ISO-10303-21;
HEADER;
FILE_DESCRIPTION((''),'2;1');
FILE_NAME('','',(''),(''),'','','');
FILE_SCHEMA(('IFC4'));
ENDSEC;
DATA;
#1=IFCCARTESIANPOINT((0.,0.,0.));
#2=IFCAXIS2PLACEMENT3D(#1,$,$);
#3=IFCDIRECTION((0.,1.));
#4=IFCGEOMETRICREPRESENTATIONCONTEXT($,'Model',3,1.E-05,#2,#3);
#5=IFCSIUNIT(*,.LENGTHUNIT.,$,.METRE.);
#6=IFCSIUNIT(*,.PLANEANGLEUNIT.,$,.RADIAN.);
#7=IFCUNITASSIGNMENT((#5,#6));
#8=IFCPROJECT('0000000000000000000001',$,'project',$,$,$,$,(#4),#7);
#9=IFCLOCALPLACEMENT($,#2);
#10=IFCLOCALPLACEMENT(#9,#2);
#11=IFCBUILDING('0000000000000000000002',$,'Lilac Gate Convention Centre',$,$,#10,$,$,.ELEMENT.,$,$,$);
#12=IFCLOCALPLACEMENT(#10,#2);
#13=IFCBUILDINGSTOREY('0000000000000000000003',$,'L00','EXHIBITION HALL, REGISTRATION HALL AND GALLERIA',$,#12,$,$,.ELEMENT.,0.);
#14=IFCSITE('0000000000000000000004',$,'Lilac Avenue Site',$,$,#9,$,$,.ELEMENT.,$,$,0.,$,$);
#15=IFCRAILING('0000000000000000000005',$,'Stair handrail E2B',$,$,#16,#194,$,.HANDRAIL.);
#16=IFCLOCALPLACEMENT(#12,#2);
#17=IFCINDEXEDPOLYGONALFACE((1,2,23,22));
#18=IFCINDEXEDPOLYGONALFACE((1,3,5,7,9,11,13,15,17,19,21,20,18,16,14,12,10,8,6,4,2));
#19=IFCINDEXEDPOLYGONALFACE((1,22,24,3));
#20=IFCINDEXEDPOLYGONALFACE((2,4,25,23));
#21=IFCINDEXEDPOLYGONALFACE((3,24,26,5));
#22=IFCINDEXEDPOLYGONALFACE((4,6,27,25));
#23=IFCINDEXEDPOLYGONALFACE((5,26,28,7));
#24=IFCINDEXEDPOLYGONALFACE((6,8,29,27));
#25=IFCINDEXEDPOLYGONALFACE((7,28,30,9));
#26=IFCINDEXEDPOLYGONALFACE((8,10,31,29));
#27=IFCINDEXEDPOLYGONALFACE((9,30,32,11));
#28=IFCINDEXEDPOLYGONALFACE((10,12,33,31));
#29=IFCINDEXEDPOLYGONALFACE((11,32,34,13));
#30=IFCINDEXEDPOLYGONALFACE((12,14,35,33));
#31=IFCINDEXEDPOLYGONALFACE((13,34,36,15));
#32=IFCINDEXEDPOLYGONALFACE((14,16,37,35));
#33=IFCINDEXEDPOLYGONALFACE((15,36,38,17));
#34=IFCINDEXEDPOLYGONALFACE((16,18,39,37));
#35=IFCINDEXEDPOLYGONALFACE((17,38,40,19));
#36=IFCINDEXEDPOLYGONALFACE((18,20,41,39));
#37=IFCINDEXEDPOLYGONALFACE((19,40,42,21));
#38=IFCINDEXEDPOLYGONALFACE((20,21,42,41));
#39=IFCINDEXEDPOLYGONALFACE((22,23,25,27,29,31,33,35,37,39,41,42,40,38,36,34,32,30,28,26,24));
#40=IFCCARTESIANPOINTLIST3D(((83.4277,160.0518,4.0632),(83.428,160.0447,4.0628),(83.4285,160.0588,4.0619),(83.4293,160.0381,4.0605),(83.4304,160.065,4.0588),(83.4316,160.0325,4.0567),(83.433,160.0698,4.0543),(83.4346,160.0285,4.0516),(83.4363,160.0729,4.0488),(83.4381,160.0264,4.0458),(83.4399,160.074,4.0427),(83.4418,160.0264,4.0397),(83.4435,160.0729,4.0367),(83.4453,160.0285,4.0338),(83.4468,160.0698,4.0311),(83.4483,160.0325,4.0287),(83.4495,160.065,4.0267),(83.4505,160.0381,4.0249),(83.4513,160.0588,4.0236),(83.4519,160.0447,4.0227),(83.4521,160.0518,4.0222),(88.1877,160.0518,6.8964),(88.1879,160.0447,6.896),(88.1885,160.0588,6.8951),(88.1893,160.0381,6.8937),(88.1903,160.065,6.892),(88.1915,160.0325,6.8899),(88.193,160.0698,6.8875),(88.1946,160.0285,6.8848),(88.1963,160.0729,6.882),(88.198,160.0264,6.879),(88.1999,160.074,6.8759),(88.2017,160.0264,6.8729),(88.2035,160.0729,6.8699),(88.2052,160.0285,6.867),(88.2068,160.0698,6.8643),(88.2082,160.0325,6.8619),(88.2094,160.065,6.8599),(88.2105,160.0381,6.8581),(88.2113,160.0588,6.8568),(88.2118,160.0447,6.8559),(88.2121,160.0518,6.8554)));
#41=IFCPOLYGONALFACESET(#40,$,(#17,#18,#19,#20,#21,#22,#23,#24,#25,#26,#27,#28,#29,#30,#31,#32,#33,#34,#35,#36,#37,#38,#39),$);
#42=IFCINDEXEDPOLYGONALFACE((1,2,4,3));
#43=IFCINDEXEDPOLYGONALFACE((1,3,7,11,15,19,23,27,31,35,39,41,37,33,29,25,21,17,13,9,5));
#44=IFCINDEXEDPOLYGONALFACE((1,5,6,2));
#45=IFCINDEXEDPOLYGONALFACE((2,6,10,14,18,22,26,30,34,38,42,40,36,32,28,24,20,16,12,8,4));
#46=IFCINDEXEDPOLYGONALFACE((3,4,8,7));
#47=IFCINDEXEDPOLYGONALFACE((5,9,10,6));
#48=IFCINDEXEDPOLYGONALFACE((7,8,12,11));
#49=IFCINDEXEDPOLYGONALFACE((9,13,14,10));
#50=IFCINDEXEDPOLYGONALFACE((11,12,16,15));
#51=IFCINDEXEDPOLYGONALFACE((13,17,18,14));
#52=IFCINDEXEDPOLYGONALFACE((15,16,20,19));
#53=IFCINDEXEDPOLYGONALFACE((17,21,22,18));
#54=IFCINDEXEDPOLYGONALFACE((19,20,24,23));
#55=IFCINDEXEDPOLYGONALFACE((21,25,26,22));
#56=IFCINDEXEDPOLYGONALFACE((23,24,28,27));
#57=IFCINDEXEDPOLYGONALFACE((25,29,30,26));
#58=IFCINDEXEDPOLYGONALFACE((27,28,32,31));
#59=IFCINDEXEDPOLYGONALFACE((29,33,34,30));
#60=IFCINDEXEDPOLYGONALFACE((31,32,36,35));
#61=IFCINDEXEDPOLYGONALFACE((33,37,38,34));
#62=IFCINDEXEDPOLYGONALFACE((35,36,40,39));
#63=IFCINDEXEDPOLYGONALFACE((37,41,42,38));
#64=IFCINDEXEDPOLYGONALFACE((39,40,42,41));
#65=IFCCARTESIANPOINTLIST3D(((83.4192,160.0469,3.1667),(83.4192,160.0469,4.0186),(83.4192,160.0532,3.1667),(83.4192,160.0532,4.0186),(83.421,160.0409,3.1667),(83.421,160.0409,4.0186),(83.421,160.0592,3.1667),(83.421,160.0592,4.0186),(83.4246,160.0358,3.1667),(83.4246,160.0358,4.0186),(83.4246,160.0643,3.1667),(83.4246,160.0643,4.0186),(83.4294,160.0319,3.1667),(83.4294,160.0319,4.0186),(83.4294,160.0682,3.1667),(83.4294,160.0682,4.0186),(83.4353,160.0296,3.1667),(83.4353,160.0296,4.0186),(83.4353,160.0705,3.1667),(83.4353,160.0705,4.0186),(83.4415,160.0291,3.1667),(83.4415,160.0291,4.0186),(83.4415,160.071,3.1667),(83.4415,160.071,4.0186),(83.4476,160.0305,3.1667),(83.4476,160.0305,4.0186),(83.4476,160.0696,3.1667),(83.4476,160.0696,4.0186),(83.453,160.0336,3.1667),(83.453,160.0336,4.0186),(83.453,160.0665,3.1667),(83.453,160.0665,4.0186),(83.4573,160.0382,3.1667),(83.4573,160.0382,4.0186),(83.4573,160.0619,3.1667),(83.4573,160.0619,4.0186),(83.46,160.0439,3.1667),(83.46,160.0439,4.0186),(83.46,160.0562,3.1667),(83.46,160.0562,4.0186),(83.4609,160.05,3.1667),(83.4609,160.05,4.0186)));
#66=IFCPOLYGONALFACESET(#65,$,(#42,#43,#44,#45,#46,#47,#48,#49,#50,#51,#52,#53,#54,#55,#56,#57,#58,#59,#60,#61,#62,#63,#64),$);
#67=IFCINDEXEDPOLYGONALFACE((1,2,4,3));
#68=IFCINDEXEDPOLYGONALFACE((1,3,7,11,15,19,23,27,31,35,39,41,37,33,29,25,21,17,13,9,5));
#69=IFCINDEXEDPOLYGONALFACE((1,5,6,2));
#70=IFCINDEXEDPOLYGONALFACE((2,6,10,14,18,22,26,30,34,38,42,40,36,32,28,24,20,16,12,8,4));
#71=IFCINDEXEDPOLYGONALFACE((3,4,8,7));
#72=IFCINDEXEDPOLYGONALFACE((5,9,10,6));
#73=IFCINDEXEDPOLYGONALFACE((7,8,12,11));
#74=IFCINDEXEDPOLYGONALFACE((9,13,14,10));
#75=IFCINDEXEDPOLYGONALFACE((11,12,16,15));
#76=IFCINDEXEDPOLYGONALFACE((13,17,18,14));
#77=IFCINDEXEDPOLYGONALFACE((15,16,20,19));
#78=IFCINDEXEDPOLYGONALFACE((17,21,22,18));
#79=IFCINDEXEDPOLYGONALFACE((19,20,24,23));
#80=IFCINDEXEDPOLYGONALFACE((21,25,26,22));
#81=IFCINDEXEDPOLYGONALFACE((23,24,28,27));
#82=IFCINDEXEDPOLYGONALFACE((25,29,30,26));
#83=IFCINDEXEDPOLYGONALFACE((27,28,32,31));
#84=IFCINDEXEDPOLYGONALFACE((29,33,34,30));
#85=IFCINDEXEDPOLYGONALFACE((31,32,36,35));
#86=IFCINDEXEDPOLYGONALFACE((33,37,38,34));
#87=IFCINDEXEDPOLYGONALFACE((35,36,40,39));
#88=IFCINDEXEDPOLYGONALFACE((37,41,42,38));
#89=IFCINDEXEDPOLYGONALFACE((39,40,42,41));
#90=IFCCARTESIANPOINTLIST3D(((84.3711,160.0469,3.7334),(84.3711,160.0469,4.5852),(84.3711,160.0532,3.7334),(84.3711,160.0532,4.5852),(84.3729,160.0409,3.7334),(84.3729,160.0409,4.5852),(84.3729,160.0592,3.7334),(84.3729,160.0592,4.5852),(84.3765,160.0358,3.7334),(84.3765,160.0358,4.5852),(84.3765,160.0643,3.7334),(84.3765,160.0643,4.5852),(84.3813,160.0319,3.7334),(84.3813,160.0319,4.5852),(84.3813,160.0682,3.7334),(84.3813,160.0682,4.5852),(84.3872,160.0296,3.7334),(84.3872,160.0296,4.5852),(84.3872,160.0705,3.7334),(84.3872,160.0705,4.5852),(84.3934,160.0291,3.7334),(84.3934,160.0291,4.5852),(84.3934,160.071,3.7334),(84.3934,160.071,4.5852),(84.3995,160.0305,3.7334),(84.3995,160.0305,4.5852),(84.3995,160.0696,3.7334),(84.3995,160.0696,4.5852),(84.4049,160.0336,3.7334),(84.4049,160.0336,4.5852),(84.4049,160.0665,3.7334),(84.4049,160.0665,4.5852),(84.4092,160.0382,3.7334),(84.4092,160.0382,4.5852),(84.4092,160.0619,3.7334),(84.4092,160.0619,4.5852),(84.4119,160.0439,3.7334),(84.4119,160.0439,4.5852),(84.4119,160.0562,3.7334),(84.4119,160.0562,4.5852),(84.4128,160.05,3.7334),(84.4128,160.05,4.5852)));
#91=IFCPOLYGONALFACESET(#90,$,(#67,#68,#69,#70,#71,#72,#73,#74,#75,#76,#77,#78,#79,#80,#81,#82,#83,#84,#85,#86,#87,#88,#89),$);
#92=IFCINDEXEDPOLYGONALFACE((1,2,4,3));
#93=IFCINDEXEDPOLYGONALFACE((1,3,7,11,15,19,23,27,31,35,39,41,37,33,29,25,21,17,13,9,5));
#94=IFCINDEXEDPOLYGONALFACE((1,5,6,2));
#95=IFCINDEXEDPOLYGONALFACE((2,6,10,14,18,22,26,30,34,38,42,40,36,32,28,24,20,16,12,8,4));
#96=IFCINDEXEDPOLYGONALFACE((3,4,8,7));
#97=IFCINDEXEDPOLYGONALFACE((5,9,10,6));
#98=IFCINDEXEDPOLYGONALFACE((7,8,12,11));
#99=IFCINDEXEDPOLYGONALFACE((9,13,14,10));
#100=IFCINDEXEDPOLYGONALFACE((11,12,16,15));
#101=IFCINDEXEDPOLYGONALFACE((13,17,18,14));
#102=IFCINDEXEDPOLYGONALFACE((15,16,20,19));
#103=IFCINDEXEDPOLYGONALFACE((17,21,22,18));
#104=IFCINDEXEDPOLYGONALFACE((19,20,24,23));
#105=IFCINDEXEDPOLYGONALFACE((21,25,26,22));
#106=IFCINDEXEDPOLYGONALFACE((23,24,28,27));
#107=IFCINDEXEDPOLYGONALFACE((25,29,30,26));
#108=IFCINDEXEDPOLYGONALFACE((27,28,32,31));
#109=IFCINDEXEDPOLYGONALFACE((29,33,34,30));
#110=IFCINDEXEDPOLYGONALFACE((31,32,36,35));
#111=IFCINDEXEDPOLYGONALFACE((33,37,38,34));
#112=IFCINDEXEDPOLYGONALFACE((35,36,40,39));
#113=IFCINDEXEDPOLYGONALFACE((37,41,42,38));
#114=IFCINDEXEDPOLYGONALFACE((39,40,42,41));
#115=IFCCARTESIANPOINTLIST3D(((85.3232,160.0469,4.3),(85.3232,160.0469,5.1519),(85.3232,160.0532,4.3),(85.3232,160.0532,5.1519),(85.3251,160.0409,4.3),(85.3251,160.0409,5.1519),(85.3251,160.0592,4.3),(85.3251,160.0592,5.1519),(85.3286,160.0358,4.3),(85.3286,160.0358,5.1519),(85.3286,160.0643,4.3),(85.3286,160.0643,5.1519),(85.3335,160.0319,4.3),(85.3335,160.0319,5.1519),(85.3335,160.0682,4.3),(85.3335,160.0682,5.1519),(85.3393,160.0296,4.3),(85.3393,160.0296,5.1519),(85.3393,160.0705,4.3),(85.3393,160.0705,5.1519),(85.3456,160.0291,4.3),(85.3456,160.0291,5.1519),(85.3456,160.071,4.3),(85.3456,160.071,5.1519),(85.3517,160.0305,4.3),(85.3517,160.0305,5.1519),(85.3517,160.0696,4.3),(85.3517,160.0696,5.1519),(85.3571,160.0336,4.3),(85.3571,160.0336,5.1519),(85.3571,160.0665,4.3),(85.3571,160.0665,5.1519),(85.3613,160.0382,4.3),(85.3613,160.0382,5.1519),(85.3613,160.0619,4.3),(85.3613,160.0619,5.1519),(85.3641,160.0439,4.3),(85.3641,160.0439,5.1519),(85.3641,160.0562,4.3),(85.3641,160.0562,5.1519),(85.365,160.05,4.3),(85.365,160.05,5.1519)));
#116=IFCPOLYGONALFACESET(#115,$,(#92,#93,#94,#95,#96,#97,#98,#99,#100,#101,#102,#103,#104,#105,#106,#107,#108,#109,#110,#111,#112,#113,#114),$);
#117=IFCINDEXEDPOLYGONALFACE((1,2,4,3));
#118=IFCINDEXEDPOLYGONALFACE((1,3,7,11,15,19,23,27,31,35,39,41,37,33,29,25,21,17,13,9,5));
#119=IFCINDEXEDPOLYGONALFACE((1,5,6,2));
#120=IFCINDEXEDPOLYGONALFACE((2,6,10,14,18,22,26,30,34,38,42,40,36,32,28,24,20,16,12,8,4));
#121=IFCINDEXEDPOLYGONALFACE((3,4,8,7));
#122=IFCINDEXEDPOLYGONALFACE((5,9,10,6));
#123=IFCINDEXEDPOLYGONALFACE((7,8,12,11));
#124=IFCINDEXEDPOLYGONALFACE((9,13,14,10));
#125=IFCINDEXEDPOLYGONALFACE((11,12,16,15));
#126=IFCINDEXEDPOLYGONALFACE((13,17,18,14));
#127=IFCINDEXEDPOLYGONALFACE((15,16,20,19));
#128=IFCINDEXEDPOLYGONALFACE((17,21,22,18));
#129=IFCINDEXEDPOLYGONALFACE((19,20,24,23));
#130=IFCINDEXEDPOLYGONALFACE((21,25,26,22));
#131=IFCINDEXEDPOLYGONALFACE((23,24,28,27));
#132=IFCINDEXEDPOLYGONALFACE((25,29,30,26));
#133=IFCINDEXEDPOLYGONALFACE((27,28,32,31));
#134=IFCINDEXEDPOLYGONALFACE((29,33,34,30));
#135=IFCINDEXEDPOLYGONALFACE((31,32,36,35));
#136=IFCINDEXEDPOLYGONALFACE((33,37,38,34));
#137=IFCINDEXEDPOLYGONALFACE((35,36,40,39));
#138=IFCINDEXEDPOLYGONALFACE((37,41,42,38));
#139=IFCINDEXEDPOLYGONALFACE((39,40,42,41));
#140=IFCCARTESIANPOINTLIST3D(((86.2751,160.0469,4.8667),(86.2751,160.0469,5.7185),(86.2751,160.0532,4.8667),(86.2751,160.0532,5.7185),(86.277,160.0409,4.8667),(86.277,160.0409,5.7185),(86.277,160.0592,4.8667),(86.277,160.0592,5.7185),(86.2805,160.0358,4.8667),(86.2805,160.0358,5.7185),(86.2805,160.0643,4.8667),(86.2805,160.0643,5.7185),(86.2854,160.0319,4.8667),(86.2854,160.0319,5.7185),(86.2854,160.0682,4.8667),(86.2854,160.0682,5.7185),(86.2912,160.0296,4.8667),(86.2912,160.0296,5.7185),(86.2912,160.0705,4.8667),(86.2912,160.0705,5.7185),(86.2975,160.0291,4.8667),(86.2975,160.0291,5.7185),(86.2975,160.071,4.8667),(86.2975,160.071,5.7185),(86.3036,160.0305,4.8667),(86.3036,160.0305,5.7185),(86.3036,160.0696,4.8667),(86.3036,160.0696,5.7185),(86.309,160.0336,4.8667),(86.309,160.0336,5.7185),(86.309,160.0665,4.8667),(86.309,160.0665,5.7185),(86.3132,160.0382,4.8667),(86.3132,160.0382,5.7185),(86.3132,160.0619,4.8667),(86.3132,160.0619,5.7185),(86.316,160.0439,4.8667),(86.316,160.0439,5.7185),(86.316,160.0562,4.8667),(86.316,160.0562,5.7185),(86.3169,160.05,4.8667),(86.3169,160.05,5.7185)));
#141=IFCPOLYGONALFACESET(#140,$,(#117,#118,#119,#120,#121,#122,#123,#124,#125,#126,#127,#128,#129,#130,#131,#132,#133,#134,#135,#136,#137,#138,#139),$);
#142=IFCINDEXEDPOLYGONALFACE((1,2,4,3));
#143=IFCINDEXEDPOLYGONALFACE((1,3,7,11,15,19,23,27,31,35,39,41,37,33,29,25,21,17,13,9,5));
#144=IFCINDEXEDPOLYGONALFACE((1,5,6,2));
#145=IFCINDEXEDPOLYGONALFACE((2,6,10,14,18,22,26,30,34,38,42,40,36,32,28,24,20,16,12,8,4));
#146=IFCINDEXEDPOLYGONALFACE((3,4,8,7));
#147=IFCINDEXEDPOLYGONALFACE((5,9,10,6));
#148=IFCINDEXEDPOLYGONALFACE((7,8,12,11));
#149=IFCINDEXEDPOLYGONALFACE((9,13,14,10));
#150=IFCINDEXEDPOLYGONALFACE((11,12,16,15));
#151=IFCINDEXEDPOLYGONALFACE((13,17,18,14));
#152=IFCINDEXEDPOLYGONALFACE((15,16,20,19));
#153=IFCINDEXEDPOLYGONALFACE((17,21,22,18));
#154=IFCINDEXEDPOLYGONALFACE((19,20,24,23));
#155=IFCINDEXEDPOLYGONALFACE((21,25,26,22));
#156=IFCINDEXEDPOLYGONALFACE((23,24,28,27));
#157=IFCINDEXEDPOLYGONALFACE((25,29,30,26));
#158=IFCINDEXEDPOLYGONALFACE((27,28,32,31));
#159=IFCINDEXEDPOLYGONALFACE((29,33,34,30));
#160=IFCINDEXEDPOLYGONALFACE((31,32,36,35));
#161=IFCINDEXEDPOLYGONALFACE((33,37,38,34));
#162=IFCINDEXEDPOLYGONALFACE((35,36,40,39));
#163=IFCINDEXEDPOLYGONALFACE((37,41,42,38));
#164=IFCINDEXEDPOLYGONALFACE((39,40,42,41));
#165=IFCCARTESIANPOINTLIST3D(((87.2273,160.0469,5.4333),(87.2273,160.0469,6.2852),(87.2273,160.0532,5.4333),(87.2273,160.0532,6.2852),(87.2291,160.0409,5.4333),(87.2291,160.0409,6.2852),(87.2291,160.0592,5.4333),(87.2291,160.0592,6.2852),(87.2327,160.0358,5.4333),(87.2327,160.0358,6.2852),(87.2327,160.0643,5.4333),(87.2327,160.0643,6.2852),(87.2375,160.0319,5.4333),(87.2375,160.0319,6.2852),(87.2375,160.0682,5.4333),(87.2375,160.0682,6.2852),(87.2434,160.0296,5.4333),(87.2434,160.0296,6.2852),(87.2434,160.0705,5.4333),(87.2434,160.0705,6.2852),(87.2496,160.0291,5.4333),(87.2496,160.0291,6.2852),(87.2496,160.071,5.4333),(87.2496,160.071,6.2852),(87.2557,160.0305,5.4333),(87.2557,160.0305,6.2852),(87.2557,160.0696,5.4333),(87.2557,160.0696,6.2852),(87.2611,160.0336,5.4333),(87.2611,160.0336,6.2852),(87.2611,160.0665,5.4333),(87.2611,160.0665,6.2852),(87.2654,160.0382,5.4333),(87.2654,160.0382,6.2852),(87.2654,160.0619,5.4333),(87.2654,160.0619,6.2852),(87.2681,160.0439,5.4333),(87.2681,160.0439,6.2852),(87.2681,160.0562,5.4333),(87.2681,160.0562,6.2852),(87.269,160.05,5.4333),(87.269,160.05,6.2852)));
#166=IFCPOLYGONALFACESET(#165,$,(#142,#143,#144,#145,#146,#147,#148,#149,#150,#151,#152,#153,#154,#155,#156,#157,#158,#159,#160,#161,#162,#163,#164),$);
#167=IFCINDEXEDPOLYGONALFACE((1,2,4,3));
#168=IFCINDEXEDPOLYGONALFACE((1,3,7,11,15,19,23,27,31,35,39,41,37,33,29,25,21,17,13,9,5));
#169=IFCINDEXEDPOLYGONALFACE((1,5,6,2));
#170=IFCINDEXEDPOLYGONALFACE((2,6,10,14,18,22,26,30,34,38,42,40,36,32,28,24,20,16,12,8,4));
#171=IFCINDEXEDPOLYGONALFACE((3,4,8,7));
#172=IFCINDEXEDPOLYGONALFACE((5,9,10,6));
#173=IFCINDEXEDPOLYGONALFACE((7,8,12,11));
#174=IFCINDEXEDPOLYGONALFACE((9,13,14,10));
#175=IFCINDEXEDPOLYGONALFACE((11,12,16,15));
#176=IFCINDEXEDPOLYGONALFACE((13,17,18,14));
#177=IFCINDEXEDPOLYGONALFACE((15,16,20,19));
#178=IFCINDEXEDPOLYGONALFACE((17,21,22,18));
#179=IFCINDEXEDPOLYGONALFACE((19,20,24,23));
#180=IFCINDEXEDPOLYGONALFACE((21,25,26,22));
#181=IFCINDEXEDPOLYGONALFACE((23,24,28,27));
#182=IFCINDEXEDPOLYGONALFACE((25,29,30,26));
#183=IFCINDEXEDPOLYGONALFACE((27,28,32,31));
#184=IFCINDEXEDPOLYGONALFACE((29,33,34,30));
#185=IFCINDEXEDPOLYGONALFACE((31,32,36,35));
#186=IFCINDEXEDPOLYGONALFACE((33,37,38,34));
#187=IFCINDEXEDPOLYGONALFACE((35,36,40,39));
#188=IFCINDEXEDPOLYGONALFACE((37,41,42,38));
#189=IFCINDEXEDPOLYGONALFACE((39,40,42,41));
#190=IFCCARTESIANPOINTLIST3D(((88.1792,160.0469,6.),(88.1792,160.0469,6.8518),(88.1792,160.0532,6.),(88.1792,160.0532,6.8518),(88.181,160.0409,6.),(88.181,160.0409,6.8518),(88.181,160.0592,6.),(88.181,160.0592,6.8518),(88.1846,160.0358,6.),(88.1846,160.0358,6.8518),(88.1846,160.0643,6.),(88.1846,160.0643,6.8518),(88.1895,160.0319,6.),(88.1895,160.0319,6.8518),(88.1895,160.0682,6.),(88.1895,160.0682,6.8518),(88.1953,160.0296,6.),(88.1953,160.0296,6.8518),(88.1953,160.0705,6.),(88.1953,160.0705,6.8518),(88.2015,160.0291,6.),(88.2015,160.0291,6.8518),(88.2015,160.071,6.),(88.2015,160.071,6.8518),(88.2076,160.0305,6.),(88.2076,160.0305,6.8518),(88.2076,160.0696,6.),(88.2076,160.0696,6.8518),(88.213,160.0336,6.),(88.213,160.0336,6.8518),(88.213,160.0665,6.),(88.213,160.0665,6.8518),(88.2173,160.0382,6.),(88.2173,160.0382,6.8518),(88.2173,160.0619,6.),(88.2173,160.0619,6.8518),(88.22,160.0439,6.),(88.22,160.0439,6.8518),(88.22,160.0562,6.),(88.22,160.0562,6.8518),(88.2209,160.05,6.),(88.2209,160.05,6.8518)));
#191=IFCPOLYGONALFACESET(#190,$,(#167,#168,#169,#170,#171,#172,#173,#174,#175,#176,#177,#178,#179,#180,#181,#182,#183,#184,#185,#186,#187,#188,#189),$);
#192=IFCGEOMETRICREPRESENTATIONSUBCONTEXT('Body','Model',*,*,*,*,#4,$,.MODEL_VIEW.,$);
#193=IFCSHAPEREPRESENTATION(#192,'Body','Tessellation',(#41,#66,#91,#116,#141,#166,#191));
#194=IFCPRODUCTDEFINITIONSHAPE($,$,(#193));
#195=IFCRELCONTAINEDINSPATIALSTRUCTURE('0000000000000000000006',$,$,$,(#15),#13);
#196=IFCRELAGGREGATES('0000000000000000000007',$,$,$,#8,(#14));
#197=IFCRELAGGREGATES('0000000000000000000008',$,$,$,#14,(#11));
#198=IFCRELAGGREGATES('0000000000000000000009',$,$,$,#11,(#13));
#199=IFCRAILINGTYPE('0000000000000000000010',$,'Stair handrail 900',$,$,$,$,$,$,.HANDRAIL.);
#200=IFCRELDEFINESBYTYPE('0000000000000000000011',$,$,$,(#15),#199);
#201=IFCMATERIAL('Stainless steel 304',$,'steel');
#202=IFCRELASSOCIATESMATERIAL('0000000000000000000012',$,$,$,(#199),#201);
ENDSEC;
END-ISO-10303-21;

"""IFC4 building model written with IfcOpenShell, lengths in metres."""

from ifc_helpers import new_model, si_unit, direction, frame, origin, origin_2d, place, context, subcontext, project, spatial, circle, extrude, material, type_object, element, save


model = new_model("IFC4")

# Units and contexts
model_context = context("Model", 3, precision=1e-05, world=origin(), true_north=direction((0.0, 1.0)))
body_context = subcontext(model_context, "Body", "Model", "MODEL_VIEW")
ifc_project = project(units=[si_unit("LENGTHUNIT", "METRE"), si_unit("PLANEANGLEUNIT", "RADIAN")], contexts=[model_context])

# Site, building, storey
site_placement = place(None, origin())
site = spatial("IfcSite", under=ifc_project, at=site_placement, Name="Lilac Avenue Site", CompositionType="ELEMENT", RefElevation=0.0)
building_placement = place(site_placement, origin())
building = spatial("IfcBuilding", under=site, at=building_placement, Name="Lilac Gate Convention Centre", CompositionType="ELEMENT")
storey_placement = place(building_placement, origin())
storey = spatial("IfcBuildingStorey", under=building, at=storey_placement, Name="L00", Description="EXHIBITION HALL, REGISTRATION HALL AND GALLERIA", CompositionType="ELEMENT", Elevation=0.0)

# Railing
ifc_material_1 = material(Name="Stainless steel 304", Category="steel")
railing_type = type_object("IfcRailingType", Name="Stair handrail 900", PredefinedType="HANDRAIL", material=ifc_material_1)
for number, where, name in (
    (1, (83.4399, 160.05, 3.1667), "Stair handrail E2B"),
):
    element("IfcRailing", number, at=place(storey_placement, frame(where)), inside=storey, type_object=railing_type, Name=name, PredefinedType="HANDRAIL", context=body_context, shape_type="SweptSolid", body=[
        extrude(circle(Radius=0.0239, at=origin_2d()), frame((0.0, 0.0, 0.876), z_axis=(0.8593, 0.0, 0.511472), x_axis=(0.0, 1.0, 0.0)), (0.0, 0.0, 1.0), 5.5393),
        extrude(circle(Radius=0.021, at=origin_2d()), origin(), (0.0, 0.0, 1.0), 0.8518),
        extrude(circle(Radius=0.021, at=origin_2d()), frame((0.9519, 0.0, 0.5667)), (0.0, 0.0, 1.0), 0.8518),
        extrude(circle(Radius=0.021, at=origin_2d()), frame((1.9041, 0.0, 1.1333)), (0.0, 0.0, 1.0), 0.8518),
        extrude(circle(Radius=0.021, at=origin_2d()), frame((2.856, 0.0, 1.7)), (0.0, 0.0, 1.0), 0.8518),
        extrude(circle(Radius=0.021, at=origin_2d()), frame((3.8081, 0.0, 2.2666)), (0.0, 0.0, 1.0), 0.8518),
        extrude(circle(Radius=0.021, at=origin_2d()), frame((4.76, 0.0, 2.8333)), (0.0, 0.0, 1.0), 0.8518),
    ])

save(model, "model.ifc")
